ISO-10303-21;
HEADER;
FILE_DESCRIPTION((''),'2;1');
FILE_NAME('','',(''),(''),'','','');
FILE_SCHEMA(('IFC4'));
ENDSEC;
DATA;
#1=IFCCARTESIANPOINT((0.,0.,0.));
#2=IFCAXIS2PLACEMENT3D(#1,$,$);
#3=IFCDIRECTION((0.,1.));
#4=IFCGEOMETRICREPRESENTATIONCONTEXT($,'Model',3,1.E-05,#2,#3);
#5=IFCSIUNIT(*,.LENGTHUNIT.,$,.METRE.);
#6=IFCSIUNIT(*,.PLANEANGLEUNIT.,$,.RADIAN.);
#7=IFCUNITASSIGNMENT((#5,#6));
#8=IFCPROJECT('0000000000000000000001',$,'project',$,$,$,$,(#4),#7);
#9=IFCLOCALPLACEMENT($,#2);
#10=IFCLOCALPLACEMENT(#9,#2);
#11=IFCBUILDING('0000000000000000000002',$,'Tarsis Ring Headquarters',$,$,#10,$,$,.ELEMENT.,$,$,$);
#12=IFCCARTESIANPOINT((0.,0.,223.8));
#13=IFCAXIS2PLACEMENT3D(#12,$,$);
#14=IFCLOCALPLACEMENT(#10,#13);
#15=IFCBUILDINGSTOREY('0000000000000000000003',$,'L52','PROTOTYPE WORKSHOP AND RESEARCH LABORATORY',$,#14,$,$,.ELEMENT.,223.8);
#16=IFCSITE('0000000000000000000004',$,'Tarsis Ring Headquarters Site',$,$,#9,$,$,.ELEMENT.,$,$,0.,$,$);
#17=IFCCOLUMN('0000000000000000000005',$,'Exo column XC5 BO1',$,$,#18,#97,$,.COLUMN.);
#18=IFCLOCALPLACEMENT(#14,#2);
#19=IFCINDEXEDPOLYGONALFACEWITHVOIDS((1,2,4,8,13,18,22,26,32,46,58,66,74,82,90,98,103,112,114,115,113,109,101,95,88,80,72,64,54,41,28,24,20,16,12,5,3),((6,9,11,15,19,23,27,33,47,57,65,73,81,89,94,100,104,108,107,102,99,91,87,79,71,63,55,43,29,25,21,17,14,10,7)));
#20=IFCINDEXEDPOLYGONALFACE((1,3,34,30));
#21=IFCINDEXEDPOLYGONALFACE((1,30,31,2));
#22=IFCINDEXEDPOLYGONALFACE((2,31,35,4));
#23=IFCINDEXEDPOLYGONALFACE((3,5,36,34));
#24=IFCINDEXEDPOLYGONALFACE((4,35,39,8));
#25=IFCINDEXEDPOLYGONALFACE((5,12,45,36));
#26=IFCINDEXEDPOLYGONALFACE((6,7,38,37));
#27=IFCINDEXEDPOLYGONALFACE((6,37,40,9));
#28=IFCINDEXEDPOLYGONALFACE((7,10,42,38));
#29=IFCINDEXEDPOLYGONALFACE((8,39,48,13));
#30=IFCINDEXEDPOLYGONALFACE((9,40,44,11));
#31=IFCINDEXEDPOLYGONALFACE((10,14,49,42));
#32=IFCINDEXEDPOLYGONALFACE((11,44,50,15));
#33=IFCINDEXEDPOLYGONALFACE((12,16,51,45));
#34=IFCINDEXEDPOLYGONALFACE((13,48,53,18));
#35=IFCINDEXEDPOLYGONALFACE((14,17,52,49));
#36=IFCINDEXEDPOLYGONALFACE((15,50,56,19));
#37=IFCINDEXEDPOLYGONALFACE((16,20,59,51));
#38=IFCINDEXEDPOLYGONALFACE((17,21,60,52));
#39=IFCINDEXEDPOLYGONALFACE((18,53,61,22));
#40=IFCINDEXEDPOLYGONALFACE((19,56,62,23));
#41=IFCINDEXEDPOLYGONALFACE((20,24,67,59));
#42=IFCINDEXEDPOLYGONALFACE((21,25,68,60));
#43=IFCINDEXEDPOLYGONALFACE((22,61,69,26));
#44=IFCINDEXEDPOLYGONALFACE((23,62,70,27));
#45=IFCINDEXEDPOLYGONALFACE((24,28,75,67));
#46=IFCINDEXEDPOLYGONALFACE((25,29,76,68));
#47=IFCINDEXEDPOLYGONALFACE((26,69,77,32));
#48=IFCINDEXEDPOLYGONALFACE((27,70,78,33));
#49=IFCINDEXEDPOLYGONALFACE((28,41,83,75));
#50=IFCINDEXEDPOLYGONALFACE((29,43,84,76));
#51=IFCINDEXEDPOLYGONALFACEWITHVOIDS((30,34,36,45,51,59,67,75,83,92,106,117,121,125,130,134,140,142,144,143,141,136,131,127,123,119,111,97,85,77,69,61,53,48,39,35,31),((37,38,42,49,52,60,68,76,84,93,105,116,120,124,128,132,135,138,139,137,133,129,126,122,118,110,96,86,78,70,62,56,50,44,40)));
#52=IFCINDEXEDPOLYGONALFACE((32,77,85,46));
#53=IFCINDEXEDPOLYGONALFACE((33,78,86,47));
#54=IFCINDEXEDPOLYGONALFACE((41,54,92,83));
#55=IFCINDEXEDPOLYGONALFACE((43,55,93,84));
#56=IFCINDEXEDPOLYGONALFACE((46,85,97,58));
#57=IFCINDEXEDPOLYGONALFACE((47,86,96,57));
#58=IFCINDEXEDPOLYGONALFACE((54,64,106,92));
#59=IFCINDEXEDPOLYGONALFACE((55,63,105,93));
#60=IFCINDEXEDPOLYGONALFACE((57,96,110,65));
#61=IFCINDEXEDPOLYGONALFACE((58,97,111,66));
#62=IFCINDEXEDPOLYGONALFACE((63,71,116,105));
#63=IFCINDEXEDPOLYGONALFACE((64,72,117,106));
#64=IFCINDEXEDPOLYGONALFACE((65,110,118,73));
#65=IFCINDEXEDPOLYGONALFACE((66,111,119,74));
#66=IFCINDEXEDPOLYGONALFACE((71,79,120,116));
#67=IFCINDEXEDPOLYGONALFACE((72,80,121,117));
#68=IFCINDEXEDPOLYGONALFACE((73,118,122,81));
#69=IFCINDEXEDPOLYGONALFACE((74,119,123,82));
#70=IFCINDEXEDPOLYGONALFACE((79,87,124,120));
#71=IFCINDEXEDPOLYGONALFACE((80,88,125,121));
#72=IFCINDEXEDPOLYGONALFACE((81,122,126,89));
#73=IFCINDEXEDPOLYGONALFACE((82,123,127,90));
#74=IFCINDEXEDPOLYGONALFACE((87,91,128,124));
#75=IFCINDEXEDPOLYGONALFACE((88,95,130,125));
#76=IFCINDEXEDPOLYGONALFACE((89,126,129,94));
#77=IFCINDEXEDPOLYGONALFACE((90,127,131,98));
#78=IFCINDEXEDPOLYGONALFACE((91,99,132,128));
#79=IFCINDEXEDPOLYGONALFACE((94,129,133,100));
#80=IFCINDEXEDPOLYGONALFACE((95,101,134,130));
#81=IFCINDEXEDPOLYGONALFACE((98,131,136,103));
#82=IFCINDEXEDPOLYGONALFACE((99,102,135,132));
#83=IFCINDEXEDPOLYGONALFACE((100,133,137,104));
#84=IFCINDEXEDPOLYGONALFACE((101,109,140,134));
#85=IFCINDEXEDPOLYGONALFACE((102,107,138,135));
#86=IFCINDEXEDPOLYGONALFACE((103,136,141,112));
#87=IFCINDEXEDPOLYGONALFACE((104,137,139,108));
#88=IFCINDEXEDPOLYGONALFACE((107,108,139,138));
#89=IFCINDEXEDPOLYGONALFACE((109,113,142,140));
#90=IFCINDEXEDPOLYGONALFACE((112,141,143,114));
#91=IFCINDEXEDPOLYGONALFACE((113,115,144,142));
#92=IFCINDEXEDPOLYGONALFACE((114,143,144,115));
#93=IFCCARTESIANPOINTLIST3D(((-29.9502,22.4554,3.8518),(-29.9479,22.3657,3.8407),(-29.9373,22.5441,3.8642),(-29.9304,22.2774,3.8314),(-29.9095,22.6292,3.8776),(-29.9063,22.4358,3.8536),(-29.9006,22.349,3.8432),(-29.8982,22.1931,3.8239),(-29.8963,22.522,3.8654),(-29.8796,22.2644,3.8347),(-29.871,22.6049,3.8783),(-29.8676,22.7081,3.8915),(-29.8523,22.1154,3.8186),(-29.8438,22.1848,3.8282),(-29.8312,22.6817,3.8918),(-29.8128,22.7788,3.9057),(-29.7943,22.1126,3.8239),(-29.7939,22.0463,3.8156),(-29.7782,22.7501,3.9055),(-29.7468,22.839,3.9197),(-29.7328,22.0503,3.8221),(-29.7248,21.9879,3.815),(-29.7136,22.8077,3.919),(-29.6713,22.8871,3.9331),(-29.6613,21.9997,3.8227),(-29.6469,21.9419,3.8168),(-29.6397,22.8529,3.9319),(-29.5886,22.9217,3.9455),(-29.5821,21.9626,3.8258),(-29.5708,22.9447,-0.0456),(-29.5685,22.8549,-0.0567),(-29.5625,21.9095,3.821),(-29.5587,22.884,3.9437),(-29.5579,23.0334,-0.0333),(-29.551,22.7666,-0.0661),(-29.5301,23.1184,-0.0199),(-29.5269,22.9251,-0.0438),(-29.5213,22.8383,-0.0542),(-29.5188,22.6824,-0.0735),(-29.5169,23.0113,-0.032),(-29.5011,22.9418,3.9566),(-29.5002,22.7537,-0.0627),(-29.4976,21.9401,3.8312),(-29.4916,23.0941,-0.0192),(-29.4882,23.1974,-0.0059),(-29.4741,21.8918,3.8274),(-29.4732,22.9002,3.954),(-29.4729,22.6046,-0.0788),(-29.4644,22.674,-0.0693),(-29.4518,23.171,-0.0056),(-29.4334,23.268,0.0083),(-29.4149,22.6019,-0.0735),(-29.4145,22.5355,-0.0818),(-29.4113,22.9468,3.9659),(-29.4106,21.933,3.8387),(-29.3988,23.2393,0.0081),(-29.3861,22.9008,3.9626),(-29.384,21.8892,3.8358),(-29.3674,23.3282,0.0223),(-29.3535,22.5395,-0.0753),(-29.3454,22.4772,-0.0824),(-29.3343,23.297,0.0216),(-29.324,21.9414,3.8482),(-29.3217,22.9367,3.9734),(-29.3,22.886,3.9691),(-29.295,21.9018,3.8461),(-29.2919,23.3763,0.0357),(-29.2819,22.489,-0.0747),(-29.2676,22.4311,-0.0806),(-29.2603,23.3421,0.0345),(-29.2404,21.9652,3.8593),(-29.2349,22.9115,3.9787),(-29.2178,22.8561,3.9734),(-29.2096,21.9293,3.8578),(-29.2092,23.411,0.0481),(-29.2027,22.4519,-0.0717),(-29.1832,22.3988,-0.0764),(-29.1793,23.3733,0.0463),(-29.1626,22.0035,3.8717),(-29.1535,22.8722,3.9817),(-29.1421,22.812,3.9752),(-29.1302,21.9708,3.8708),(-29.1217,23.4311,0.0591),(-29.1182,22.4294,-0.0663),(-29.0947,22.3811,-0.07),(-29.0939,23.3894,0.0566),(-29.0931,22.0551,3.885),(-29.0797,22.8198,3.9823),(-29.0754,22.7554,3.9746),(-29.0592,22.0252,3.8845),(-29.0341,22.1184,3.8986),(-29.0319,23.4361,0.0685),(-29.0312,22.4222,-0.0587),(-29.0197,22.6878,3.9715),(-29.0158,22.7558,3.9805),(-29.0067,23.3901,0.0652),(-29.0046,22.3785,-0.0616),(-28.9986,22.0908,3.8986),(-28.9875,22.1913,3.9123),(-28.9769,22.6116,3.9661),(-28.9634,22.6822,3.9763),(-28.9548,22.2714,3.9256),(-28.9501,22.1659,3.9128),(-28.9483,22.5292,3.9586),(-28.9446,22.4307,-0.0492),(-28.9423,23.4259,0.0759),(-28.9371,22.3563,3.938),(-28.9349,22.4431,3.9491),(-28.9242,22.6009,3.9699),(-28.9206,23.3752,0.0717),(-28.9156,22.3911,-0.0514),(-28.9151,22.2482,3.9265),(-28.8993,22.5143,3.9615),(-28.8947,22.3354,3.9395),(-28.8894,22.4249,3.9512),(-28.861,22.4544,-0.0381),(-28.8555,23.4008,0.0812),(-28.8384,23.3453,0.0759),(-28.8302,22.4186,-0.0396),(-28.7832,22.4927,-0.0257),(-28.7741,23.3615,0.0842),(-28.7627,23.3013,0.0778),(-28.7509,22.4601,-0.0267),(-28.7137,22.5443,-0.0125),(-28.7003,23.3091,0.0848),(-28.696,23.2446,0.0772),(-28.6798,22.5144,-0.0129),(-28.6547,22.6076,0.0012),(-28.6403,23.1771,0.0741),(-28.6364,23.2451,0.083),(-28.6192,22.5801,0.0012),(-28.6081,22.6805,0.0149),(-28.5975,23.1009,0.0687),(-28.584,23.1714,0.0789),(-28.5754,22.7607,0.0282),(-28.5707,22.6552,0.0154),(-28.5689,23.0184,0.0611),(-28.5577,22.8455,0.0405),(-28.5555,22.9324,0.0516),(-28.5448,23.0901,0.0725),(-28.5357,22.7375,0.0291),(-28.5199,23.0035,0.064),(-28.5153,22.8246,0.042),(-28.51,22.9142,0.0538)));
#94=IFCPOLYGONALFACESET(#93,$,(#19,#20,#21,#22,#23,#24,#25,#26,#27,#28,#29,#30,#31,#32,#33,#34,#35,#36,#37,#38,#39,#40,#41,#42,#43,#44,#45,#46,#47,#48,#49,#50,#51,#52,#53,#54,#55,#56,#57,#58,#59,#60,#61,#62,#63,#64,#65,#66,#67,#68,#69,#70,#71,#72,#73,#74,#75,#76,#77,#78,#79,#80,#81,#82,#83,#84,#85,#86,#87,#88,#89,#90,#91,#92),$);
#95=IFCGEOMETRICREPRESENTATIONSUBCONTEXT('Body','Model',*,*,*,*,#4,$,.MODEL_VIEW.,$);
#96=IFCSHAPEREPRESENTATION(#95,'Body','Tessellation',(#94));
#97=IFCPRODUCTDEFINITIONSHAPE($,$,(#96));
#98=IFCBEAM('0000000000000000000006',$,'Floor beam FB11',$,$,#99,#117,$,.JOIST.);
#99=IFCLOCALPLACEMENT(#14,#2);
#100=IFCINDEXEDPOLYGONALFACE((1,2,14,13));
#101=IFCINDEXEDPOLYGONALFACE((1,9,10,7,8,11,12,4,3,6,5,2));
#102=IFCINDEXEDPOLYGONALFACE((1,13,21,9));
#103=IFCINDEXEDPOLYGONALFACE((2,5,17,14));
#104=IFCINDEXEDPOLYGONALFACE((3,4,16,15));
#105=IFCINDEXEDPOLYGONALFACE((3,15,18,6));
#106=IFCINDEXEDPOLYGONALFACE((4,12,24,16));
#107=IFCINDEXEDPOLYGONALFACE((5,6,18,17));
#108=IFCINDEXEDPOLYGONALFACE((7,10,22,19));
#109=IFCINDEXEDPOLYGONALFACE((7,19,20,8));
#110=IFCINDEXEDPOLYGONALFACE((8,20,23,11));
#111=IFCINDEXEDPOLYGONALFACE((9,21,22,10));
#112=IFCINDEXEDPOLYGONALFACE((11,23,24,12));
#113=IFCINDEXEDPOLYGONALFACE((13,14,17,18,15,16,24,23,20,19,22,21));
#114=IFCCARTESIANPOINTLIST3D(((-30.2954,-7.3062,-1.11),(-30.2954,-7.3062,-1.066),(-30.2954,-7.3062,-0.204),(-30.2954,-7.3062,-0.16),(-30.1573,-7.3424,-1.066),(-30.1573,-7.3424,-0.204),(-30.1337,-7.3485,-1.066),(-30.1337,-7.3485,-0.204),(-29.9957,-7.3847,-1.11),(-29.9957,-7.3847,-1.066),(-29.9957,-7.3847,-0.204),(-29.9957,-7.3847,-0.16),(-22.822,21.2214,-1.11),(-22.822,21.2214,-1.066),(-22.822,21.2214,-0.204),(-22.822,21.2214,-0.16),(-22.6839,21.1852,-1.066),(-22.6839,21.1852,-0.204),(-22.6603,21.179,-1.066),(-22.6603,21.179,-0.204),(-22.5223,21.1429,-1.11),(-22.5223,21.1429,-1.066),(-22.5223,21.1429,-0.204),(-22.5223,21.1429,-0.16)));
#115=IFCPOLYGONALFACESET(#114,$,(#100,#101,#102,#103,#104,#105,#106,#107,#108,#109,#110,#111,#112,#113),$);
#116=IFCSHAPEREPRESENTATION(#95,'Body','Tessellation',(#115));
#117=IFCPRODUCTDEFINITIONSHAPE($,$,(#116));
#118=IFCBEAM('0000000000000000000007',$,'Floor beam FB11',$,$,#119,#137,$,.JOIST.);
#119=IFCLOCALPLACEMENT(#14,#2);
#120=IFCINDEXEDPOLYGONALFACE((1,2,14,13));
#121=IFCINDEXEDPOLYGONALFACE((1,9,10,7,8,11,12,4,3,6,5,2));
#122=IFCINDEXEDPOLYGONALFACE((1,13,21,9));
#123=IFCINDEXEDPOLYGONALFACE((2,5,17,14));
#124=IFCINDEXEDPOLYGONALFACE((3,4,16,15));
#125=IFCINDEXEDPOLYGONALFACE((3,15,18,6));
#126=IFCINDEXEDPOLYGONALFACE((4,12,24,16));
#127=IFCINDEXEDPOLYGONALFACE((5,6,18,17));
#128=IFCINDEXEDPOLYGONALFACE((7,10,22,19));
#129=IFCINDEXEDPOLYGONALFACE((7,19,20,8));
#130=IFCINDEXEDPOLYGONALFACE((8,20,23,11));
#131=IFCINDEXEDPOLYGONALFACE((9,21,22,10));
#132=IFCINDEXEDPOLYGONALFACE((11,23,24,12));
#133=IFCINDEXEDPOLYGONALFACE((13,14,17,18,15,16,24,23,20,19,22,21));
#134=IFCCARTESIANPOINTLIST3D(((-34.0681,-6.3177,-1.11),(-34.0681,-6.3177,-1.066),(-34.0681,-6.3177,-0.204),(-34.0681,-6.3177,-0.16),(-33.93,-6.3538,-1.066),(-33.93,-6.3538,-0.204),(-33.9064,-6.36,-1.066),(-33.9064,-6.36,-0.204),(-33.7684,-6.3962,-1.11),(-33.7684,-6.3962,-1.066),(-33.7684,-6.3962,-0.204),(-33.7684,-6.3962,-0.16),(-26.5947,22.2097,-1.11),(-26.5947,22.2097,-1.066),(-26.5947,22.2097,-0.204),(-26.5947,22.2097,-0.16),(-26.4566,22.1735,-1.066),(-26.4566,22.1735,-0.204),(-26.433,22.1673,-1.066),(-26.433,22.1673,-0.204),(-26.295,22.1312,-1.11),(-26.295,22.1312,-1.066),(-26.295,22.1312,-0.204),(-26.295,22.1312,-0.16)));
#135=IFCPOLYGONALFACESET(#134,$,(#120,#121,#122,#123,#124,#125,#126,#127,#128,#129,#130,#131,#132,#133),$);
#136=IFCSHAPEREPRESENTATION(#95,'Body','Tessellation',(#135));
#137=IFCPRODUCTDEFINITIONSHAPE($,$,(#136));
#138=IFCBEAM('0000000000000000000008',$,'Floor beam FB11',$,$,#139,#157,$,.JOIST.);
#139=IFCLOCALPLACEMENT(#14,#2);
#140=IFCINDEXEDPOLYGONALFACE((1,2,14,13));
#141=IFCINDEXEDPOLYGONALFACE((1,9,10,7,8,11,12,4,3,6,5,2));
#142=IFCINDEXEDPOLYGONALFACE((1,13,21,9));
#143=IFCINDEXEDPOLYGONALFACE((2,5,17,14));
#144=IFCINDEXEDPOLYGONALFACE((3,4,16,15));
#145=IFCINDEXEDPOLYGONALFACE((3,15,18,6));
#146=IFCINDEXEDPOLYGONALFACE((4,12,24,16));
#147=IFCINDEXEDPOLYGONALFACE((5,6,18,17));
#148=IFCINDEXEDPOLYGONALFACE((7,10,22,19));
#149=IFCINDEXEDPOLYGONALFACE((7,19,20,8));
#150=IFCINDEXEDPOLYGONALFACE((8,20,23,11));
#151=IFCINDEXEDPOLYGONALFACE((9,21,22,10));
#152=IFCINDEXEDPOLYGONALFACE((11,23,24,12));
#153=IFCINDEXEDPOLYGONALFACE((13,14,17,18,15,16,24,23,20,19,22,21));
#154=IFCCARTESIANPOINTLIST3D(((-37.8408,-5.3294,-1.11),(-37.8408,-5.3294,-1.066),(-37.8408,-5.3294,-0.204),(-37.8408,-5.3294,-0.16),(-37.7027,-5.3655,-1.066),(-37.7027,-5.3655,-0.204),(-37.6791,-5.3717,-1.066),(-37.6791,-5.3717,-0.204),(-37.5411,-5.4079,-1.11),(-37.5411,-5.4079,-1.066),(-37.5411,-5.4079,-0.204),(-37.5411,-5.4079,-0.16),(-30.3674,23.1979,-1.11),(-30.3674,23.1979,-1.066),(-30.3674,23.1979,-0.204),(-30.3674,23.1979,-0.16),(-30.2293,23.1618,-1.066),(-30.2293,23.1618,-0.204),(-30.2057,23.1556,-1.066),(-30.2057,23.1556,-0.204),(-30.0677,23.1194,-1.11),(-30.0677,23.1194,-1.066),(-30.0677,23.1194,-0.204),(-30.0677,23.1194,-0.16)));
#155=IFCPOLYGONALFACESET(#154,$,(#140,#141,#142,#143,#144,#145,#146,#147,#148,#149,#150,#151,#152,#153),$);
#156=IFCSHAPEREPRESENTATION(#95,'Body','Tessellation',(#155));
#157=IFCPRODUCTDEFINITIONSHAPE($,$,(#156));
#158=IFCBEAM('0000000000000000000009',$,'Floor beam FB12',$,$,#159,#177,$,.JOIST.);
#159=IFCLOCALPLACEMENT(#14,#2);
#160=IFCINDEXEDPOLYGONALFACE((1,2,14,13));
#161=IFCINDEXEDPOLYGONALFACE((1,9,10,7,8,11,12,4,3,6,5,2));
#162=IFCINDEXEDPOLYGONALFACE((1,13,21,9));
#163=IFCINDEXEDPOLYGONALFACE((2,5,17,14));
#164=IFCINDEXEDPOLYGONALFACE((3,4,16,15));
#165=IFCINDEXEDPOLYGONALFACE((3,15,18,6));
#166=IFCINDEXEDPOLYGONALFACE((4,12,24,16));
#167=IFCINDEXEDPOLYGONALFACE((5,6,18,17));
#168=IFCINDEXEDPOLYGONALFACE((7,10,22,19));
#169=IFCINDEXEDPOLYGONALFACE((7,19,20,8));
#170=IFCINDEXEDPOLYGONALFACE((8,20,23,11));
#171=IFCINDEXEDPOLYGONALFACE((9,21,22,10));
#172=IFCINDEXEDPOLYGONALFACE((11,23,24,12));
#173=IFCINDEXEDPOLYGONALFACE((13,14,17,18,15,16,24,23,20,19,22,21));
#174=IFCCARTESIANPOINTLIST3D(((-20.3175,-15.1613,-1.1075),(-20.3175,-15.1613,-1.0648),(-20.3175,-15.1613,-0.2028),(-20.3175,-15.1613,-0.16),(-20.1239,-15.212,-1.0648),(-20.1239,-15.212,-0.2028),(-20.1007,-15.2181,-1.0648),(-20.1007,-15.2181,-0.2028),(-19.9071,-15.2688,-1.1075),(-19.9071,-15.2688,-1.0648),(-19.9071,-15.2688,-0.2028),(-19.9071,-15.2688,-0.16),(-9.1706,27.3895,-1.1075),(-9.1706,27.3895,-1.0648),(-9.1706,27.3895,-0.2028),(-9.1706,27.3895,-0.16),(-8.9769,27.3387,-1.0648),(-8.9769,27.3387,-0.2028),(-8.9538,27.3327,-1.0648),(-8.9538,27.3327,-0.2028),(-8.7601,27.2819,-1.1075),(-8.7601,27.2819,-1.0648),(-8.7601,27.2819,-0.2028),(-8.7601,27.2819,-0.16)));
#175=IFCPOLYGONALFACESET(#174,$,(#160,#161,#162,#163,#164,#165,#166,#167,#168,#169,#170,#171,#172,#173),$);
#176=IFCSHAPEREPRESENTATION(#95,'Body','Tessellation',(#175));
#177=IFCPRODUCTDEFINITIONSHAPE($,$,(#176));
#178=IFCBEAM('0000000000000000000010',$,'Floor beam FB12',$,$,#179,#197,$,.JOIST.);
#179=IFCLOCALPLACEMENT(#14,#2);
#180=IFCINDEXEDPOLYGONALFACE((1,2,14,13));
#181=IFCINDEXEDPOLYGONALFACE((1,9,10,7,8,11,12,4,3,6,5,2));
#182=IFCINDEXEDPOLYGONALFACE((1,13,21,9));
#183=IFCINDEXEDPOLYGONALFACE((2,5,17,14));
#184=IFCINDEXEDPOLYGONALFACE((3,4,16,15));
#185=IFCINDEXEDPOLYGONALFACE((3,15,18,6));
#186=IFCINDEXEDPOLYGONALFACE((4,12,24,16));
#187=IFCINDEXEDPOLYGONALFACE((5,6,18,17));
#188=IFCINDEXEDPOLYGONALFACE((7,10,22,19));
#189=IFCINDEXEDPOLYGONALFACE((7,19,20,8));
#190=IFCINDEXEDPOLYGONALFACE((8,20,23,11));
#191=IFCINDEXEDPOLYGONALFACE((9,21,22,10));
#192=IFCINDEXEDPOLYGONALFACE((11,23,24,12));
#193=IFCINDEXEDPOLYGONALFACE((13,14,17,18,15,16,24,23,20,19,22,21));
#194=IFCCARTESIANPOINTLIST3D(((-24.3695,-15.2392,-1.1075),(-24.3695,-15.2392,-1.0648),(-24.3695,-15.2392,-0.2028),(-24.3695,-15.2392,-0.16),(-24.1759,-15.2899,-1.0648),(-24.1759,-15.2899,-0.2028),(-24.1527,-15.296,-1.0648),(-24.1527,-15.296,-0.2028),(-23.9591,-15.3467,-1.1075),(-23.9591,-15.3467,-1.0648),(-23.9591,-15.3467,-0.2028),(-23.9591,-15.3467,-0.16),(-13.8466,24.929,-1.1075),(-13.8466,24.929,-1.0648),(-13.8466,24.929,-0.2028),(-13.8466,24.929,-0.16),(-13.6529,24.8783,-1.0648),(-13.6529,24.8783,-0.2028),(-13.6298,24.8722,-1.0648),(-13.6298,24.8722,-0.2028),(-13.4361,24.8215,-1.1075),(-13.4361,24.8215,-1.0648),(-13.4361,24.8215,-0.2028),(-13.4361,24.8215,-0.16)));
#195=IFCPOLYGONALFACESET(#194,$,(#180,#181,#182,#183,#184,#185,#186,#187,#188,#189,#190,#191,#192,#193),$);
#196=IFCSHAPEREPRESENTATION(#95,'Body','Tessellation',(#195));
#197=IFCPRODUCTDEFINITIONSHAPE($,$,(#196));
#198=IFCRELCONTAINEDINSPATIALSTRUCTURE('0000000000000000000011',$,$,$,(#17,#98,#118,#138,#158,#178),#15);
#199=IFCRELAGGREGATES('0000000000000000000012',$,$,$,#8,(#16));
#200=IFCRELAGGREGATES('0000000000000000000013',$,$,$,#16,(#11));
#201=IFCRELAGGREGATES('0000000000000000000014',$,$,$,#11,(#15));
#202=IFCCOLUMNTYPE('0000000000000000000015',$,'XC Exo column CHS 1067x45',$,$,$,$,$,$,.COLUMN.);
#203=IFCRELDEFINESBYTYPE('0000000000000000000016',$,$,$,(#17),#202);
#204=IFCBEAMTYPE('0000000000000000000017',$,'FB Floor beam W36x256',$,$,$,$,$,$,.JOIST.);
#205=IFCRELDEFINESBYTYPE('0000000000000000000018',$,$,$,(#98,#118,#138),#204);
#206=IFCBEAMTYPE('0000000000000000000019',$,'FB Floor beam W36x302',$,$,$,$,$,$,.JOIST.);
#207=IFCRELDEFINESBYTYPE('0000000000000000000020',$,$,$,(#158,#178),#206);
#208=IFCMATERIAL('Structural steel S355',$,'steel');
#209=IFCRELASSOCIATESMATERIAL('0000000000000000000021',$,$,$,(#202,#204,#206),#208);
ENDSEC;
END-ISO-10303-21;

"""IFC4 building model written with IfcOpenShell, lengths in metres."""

from ifc_helpers import new_model, si_unit, direction, frame, origin, origin_2d, place, context, subcontext, project, spatial, hollow_circle, i_section, extrude, material, material_profile, profile_set, type_object, element, save


model = new_model("IFC4")

# Units and contexts
model_context = context("Model", 3, precision=1e-05, world=origin(), true_north=direction((0.0, 1.0)))
body_context = subcontext(model_context, "Body", "Model", "MODEL_VIEW")
ifc_project = project(units=[si_unit("LENGTHUNIT", "METRE"), si_unit("PLANEANGLEUNIT", "RADIAN")], contexts=[model_context])

# Site, building, storey
site_placement = place(None, origin())
site = spatial("IfcSite", under=ifc_project, at=site_placement, Name="Tarsis Ring Headquarters Site", CompositionType="ELEMENT", RefElevation=0.0)
building_placement = place(site_placement, origin())
building = spatial("IfcBuilding", under=site, at=building_placement, Name="Tarsis Ring Headquarters", CompositionType="ELEMENT")
storey_placement = place(building_placement, frame((0.0, 0.0, 223.8)))
storey = spatial("IfcBuildingStorey", under=building, at=storey_placement, Name="L52", Description="PROTOTYPE WORKSHOP AND RESEARCH LABORATORY", CompositionType="ELEMENT", Elevation=223.8)

# Column
ifc_material_1 = material(Name="Structural steel S355", Category="steel")
ifc_material_profile_1 = material_profile(ifc_material_1, hollow_circle(Radius=0.5334, WallThickness=0.0449, at=origin_2d()), Name="CHS 1067x45")
ifc_profile_set_1 = profile_set([ifc_material_profile_1], Name="Structural steel S355")
column_type = type_object("IfcColumnType", Name="XC Exo column CHS 1067x45", PredefinedType="COLUMN", material=ifc_profile_set_1)
column_placement = place(storey_placement, frame((-29.0408, 22.907, 0.0012), z_axis=(-0.096139, -0.123978, 0.987617), x_axis=(0.790243, -0.612793, 0.0)))
element("IfcColumn", 1, at=column_placement, inside=storey, type_object=column_type, Name="Exo column XC5 BO1", PredefinedType="COLUMN", context=body_context, shape_type="SweptSolid", body=[
    extrude(hollow_circle(Radius=0.5334, WallThickness=0.0449, at=origin_2d()), origin(), (0.0, 0.0, 1.0), 3.9463),
])

# Beams
ifc_material_profile_2 = material_profile(ifc_material_1, i_section(OverallWidth=0.3098, OverallDepth=0.95, WebThickness=0.0244, FlangeThickness=0.0439, at=origin_2d()), Name="W36x256")
ifc_profile_set_2 = profile_set([ifc_material_profile_2], Name="Structural steel S355")
beam_type_1 = type_object("IfcBeamType", Name="FB Floor beam W36x256", PredefinedType="JOIST", material=ifc_profile_set_2)
beam_1_placement = place(storey_placement, frame((-22.6721, 21.1821, -0.635), z_axis=(-0.253419, -0.967357, 0.0), x_axis=(0.967357, -0.253419, 0.0)))
element("IfcBeam", 2, at=beam_1_placement, inside=storey, type_object=beam_type_1, Name="Floor beam FB11", PredefinedType="JOIST", context=body_context, shape_type="SweptSolid", body=[
    extrude(i_section(OverallWidth=0.3098, OverallDepth=0.95, WebThickness=0.0244, FlangeThickness=0.0439, at=origin_2d()), origin(), (0.0, 0.0, 1.0), 29.4902),
])
for number, where, z_axis, x_axis, name in (
    (3, (-26.4448, 22.1704, -0.635), (-0.253421, -0.967356, 0.0), (0.967356, -0.253421, 0.0), "Floor beam FB11"),
    (4, (-30.2175, 23.1587, -0.635), (-0.253421, -0.967356, 0.0), (0.967356, -0.253421, 0.0), "Floor beam FB11"),
):
    element("IfcBeam", number, at=place(storey_placement, frame(where, z_axis=z_axis, x_axis=x_axis)), inside=storey, type_object=beam_type_1, Name=name, PredefinedType="JOIST", context=body_context, shape_type="SweptSolid", body=[
        extrude(i_section(OverallWidth=0.3098, OverallDepth=0.95, WebThickness=0.0244, FlangeThickness=0.0439, at=origin_2d()), origin(), (0.0, 0.0, 1.0), 29.49),
    ])
ifc_material_profile_3 = material_profile(ifc_material_1, i_section(OverallWidth=0.4243, OverallDepth=0.9475, WebThickness=0.0239, FlangeThickness=0.0427, at=origin_2d()), Name="W36x302")
ifc_profile_set_3 = profile_set([ifc_material_profile_3], Name="Structural steel S355")
beam_type_2 = type_object("IfcBeamType", Name="FB Floor beam W36x302", PredefinedType="JOIST", material=ifc_profile_set_3)
beam_2_placement = place(storey_placement, frame((-8.9653, 27.3357, -0.6338), z_axis=(-0.253417, -0.967357, 0.0), x_axis=(0.967357, -0.253417, 0.0)))
element("IfcBeam", 5, at=beam_2_placement, inside=storey, type_object=beam_type_2, Name="Floor beam FB12", PredefinedType="JOIST", context=body_context, shape_type="SweptSolid", body=[
    extrude(i_section(OverallWidth=0.4243, OverallDepth=0.9475, WebThickness=0.0239, FlangeThickness=0.0427, at=origin_2d()), origin(), (0.0, 0.0, 1.0), 43.9866),
])
beam_3_placement = place(storey_placement, frame((-13.6414, 24.8752, -0.6338), z_axis=(-0.25342, -0.967356, 0.0), x_axis=(0.967356, -0.25342, 0.0)))
element("IfcBeam", 6, at=beam_3_placement, inside=storey, type_object=beam_type_2, Name="Floor beam FB12", PredefinedType="JOIST", context=body_context, shape_type="SweptSolid", body=[
    extrude(i_section(OverallWidth=0.4243, OverallDepth=0.9475, WebThickness=0.0239, FlangeThickness=0.0427, at=origin_2d()), origin(), (0.0, 0.0, 1.0), 41.5237),
])

save(model, "model.ifc")
